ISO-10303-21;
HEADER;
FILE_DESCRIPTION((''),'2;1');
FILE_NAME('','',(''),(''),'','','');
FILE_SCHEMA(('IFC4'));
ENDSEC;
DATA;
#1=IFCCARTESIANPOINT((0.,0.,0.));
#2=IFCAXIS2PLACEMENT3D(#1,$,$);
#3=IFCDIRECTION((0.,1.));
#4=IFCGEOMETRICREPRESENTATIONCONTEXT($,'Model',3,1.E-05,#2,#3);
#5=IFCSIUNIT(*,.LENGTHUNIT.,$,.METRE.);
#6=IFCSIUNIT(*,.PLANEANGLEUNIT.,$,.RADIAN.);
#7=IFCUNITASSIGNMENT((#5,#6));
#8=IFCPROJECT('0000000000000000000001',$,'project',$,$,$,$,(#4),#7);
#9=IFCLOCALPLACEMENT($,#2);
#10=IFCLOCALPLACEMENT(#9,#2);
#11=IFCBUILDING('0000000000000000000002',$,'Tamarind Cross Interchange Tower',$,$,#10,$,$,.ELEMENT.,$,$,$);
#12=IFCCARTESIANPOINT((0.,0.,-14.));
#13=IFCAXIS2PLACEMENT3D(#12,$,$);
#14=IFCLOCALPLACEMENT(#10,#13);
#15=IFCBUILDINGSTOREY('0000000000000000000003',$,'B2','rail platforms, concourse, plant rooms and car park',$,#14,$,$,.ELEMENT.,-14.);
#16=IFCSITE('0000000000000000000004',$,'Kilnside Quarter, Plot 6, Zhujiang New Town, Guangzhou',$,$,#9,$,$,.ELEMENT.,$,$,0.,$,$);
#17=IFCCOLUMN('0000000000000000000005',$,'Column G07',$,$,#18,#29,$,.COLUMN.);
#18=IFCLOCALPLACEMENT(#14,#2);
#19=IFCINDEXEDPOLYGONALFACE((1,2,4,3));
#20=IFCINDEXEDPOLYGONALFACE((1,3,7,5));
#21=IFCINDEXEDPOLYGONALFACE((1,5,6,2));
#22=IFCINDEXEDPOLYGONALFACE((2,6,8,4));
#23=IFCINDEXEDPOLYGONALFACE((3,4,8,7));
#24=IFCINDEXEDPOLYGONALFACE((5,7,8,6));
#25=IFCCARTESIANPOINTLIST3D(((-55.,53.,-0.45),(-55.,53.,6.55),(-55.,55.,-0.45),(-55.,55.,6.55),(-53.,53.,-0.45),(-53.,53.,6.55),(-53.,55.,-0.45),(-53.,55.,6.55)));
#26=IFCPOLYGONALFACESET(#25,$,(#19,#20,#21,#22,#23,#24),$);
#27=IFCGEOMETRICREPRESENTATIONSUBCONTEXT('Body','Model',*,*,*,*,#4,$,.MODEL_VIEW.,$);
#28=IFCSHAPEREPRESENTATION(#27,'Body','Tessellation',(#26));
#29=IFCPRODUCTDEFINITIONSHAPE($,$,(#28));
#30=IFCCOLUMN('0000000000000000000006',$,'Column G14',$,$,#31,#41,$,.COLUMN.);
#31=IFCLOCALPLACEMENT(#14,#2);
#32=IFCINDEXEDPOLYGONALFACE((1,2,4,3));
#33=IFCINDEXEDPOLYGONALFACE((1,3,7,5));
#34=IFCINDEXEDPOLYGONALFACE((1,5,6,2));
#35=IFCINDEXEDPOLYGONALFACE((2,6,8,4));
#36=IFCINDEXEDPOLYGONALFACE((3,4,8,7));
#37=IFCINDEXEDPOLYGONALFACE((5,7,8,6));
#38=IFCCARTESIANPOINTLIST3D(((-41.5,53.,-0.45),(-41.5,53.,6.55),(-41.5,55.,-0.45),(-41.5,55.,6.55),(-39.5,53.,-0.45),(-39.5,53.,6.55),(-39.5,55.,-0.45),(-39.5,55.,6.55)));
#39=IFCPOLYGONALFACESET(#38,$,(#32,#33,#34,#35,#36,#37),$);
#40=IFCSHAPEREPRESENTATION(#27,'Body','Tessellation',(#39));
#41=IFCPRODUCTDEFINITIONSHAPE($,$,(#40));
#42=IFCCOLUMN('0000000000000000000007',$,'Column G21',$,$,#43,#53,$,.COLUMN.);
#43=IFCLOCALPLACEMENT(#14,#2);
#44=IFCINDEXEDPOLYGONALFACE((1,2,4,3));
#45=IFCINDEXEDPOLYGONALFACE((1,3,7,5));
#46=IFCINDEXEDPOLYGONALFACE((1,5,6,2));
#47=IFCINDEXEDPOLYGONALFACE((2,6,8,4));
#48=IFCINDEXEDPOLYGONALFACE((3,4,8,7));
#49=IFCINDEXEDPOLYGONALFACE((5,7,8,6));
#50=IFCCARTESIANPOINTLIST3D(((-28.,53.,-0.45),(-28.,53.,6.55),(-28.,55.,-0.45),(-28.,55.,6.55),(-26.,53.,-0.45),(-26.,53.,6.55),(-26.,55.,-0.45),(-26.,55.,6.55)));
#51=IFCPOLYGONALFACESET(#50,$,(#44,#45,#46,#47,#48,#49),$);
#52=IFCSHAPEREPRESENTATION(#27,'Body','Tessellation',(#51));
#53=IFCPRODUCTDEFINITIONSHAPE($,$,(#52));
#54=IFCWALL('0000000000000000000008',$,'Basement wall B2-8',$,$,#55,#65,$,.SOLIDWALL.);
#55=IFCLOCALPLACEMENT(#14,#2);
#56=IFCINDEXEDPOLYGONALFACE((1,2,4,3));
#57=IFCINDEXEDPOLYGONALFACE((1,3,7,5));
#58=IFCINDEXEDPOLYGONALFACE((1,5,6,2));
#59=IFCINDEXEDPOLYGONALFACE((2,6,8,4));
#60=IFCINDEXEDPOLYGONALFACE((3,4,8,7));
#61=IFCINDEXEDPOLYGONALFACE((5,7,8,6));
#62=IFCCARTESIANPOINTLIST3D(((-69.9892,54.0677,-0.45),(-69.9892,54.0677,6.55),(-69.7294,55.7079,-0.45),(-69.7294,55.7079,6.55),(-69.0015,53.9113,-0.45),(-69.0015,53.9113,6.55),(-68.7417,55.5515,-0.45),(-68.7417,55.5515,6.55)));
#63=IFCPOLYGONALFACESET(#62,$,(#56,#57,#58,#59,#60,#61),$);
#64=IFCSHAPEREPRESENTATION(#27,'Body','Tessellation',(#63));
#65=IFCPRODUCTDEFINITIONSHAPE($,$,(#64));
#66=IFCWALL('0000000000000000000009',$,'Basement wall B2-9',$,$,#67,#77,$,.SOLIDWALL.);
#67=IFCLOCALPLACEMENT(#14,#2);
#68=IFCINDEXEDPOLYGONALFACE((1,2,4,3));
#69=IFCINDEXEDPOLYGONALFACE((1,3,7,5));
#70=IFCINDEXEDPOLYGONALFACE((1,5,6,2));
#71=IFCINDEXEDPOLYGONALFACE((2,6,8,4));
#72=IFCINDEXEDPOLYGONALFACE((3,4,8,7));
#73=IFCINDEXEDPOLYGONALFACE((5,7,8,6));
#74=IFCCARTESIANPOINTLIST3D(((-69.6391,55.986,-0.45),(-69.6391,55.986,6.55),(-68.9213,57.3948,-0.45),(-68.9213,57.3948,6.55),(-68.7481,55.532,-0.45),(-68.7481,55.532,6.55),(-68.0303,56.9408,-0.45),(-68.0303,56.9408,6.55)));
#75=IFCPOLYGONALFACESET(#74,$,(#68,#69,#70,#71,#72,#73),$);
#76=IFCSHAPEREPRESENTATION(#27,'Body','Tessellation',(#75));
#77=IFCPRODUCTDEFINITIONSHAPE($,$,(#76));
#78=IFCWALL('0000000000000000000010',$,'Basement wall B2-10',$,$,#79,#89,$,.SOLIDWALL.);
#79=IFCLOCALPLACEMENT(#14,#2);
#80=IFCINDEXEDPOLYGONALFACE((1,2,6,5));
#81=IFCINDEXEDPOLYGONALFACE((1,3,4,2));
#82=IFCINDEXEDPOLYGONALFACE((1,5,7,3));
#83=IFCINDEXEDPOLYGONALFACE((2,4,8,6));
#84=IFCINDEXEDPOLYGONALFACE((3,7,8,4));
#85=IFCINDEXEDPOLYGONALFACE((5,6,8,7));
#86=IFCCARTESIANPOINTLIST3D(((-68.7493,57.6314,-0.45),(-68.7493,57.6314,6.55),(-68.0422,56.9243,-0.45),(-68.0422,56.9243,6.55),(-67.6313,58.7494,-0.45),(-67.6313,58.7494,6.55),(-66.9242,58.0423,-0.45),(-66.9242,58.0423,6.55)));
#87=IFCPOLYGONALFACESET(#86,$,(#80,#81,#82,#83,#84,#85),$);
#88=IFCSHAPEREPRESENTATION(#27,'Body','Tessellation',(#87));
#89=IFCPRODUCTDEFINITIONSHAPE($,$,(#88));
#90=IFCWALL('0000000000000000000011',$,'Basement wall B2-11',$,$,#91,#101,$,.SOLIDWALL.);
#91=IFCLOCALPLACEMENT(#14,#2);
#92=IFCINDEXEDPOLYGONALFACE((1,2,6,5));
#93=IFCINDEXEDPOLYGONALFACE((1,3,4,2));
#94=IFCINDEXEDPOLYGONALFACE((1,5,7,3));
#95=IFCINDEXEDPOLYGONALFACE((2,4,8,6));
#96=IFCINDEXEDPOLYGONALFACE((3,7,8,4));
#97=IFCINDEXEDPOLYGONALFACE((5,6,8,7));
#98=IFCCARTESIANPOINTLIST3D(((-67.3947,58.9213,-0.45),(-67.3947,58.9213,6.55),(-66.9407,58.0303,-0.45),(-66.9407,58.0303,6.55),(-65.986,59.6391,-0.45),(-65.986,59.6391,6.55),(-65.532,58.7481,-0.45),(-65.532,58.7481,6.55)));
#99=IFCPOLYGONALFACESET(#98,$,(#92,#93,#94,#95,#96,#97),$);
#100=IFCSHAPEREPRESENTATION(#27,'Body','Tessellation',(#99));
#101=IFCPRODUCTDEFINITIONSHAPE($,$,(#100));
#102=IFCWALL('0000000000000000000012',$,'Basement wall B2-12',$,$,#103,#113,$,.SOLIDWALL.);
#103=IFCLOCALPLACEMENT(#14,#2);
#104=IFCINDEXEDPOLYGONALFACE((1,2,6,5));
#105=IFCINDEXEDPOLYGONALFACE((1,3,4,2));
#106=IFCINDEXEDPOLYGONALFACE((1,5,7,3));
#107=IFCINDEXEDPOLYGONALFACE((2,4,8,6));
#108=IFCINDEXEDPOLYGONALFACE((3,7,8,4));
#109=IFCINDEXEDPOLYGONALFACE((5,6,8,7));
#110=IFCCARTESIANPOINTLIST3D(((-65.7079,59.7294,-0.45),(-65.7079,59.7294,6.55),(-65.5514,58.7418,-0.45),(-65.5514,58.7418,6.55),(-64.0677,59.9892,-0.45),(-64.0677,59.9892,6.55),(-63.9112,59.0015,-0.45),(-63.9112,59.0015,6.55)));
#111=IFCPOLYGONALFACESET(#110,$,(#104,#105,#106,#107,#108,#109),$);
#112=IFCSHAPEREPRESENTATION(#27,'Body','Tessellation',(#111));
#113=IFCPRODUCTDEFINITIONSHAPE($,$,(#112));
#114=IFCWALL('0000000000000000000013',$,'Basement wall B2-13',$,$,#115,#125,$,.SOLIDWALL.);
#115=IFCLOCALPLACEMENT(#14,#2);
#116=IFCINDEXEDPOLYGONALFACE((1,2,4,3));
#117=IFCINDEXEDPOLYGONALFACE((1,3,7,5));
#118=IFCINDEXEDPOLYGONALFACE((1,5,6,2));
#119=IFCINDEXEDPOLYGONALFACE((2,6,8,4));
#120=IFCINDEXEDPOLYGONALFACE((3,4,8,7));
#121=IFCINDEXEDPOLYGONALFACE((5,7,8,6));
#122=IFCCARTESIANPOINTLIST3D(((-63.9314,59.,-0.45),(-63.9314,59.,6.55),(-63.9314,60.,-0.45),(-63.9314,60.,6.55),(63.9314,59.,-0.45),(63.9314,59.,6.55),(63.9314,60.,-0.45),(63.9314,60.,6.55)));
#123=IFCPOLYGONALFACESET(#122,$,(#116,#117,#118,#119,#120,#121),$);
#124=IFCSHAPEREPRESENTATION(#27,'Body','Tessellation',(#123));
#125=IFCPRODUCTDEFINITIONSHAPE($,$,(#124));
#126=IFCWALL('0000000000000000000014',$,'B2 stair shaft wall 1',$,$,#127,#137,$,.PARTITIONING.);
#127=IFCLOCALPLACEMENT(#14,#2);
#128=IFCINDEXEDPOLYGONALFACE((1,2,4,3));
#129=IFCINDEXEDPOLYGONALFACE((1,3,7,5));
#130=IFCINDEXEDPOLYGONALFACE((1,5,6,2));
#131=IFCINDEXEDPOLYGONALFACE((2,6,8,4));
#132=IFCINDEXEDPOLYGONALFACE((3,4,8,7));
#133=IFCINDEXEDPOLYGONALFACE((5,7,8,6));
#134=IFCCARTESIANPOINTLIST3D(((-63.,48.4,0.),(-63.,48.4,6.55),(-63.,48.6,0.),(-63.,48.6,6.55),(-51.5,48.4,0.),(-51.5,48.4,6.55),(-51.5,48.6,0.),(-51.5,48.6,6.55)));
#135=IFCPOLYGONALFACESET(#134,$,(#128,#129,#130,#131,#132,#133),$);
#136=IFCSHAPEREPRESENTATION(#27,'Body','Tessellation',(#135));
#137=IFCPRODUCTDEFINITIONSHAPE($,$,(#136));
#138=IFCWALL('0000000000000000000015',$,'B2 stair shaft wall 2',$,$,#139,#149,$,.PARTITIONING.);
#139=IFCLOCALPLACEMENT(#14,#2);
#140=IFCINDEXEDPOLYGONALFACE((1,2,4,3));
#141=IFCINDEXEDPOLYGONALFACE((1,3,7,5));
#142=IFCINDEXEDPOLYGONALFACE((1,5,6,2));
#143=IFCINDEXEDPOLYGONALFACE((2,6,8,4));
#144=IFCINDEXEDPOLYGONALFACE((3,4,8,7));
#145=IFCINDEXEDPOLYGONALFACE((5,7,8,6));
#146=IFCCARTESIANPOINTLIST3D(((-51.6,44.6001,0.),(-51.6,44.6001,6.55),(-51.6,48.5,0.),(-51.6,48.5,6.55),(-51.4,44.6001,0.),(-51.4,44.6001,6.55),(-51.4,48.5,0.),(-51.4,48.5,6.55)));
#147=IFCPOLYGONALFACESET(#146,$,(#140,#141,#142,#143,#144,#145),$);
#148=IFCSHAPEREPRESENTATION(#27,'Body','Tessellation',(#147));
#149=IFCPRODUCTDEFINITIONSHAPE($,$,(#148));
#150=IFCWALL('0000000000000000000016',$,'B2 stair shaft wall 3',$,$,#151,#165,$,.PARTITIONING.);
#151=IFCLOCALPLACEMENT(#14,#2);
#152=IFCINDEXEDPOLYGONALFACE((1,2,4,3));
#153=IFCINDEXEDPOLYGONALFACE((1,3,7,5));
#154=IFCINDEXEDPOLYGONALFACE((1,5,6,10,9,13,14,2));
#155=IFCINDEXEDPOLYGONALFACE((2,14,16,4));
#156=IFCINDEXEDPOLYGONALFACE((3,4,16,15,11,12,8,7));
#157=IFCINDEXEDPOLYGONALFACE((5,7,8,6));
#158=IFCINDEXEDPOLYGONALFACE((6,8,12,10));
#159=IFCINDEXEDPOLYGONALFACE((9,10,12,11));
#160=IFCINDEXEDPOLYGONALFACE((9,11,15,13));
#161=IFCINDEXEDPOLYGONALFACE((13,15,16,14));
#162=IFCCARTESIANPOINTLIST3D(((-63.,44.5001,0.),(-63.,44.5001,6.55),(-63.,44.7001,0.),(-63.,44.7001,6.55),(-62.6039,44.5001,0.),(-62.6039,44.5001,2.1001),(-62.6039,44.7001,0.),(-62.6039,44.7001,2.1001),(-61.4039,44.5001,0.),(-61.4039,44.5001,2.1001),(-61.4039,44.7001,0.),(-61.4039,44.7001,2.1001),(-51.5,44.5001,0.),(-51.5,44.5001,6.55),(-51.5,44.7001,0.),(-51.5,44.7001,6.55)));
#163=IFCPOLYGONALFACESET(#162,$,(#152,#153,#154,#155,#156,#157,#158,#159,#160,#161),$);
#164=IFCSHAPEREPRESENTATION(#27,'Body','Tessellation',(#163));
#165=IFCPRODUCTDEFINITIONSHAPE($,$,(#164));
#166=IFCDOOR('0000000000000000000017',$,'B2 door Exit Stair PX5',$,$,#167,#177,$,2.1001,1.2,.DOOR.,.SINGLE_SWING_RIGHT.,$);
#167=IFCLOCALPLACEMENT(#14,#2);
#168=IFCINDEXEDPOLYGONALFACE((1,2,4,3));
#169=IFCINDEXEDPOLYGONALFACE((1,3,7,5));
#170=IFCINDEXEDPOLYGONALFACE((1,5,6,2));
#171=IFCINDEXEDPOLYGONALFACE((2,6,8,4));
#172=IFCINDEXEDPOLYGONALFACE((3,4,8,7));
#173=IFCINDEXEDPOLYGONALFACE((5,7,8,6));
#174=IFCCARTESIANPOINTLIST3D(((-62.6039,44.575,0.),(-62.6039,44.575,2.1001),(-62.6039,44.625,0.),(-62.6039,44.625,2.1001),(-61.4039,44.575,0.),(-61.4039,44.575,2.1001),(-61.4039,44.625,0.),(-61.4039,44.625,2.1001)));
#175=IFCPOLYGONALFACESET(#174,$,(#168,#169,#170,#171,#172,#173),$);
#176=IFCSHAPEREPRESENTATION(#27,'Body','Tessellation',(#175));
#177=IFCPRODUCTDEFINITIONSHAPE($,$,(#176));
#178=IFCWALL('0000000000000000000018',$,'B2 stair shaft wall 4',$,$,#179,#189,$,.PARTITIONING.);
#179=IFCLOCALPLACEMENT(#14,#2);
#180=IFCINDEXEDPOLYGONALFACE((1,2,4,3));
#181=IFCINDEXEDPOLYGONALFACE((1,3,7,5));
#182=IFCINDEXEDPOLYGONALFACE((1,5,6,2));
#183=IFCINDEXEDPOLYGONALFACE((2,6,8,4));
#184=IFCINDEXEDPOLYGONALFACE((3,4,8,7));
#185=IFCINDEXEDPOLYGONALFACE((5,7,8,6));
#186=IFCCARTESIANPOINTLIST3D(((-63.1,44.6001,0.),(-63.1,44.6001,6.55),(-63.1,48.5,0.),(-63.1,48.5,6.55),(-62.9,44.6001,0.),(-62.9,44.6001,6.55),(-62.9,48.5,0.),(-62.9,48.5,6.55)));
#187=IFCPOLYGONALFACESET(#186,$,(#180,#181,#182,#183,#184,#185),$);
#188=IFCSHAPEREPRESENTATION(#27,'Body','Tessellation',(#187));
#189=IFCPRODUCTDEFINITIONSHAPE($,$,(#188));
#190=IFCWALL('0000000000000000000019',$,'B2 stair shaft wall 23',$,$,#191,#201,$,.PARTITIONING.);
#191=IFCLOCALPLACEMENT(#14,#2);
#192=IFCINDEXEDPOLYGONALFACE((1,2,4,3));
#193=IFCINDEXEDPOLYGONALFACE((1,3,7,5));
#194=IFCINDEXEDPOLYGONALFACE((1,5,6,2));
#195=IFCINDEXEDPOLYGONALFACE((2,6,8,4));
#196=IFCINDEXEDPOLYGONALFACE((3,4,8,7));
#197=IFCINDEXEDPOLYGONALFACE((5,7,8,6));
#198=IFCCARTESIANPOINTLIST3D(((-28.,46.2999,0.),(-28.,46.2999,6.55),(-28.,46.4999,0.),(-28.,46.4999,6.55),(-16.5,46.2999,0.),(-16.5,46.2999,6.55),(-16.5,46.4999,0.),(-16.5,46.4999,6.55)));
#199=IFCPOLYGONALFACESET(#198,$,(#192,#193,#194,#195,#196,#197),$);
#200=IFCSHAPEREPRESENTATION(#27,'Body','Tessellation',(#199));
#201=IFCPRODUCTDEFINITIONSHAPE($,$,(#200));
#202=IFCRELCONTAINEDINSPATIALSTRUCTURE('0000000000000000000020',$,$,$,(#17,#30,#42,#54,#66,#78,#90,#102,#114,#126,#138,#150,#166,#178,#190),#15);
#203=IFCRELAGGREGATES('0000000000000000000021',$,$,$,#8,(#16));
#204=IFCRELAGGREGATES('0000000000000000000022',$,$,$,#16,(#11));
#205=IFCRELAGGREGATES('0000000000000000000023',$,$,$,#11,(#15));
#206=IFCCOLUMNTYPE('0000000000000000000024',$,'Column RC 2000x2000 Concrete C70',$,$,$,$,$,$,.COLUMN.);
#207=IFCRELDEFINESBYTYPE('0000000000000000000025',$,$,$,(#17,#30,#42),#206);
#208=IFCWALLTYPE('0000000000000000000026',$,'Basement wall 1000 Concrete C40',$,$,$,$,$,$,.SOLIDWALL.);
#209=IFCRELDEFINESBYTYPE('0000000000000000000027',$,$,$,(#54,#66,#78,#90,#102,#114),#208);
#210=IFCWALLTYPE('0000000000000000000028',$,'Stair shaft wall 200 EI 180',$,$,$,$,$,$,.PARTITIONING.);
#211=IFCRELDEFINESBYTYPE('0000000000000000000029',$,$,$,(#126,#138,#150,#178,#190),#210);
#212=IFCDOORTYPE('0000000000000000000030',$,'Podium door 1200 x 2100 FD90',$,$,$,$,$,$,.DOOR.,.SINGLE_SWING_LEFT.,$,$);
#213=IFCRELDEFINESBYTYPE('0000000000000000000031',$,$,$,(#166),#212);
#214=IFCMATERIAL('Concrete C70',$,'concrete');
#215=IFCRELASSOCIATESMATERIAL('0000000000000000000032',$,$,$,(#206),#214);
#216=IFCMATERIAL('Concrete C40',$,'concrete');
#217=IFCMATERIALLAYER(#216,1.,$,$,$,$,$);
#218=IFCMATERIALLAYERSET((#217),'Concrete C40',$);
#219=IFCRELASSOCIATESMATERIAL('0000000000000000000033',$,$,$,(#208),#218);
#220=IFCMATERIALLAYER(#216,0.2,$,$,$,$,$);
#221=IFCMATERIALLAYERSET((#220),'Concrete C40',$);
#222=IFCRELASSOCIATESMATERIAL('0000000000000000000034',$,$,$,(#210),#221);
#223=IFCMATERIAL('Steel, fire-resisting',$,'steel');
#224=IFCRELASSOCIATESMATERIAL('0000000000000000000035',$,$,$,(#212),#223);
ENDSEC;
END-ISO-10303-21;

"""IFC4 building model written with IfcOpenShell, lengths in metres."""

from ifc_helpers import new_model, si_unit, direction, frame, frame_2d, origin, origin_2d, place, context, subcontext, project, spatial, rectangle, extrude, material, layer, layer_set, material_profile, profile_set, type_object, element, fill, save


model = new_model("IFC4")

# Units and contexts
model_context = context("Model", 3, precision=1e-05, world=origin(), true_north=direction((0.0, 1.0)))
body_context = subcontext(model_context, "Body", "Model", "MODEL_VIEW")
ifc_project = project(units=[si_unit("LENGTHUNIT", "METRE"), si_unit("PLANEANGLEUNIT", "RADIAN")], contexts=[model_context])

# Site, building, storey
site_placement = place(None, origin())
site = spatial("IfcSite", under=ifc_project, at=site_placement, Name="Kilnside Quarter, Plot 6, Zhujiang New Town, Guangzhou", CompositionType="ELEMENT", RefElevation=0.0)
building_placement = place(site_placement, origin())
building = spatial("IfcBuilding", under=site, at=building_placement, Name="Tamarind Cross Interchange Tower", CompositionType="ELEMENT")
storey_placement = place(building_placement, frame((0.0, 0.0, -14.0)))
storey = spatial("IfcBuildingStorey", under=building, at=storey_placement, Name="B2", Description="rail platforms, concourse, plant rooms and car park", CompositionType="ELEMENT", Elevation=-14.0)

# Columns
ifc_material_1 = material(Name="Concrete C70", Category="concrete")
ifc_material_profile = material_profile(ifc_material_1, rectangle(XDim=2.0, YDim=2.0, at=origin_2d()), Name="RC 2000x2000")
ifc_profile_set = profile_set([ifc_material_profile], Name="Concrete C70")
column_type = type_object("IfcColumnType", Name="Column RC 2000x2000 Concrete C70", PredefinedType="COLUMN", material=ifc_profile_set)
for number, where, z_axis, x_axis, name in (
    (1, (-54.0, 54.0, -0.45), (0.0, 0.0, 1.0), (1.0, 0.0, 0.0), "Column G07"),
    (2, (-40.5, 54.0, -0.45), (0.0, 0.0, 1.0), (1.0, 0.0, 0.0), "Column G14"),
    (3, (-27.0, 54.0, -0.45), (0.0, 0.0, 1.0), (1.0, 0.0, 0.0), "Column G21"),
):
    element("IfcColumn", number, at=place(storey_placement, frame(where, z_axis=z_axis, x_axis=x_axis)), inside=storey, type_object=column_type, Name=name, PredefinedType="COLUMN", context=body_context, shape_type="SweptSolid", body=[
        extrude(rectangle(XDim=2.0, YDim=2.0, at=origin_2d()), origin(), (0.0, 0.0, 1.0), 7.0),
    ])

# Walls
ifc_material_2 = material(Name="Concrete C40", Category="concrete")
ifc_layer_1 = layer(ifc_material_2, 1.0)
ifc_layer_set_1 = layer_set([ifc_layer_1], Name="Concrete C40")
wall_type_1 = type_object("IfcWallType", Name="Basement wall 1000 Concrete C40", PredefinedType="SOLIDWALL", material=ifc_layer_set_1)
wall_1_placement = place(storey_placement, frame((-69.4954, 53.9895, -0.45), z_axis=(0.0, 0.0, 1.0), x_axis=(0.156431, 0.987689, 0.0)))
element("IfcWall", 4, at=wall_1_placement, inside=storey, type_object=wall_type_1, Name="Basement wall B2-8", PredefinedType="SOLIDWALL", context=body_context, shape_type="SweptSolid", body=[
    extrude(rectangle(XDim=1.6606, YDim=1.0, at=frame_2d((0.8303, 0.0))), origin(), (0.0, 0.0, 1.0), 7.0),
])
for number, where, z_axis, x_axis, name in (
    (5, (-69.1936, 55.759, -0.45), (0.0, 0.0, 1.0), (0.453995, 0.891004, 0.0), "Basement wall B2-9"),
    (6, (-68.3958, 57.2778, -0.45), (0.0, 0.0, 1.0), (0.707107, 0.707107, 0.0), "Basement wall B2-10"),
    (7, (-67.1677, 58.4758, -0.45), (0.0, 0.0, 1.0), (0.891004, 0.453995, 0.0), "Basement wall B2-11"),
):
    element("IfcWall", number, at=place(storey_placement, frame(where, z_axis=z_axis, x_axis=x_axis)), inside=storey, type_object=wall_type_1, Name=name, PredefinedType="SOLIDWALL", context=body_context, shape_type="SweptSolid", body=[
        extrude(rectangle(XDim=1.5811, YDim=1.0, at=frame_2d((0.7905, 0.0))), origin(), (0.0, 0.0, 1.0), 7.0),
    ])
wall_2_placement = place(storey_placement, frame((-65.6296, 59.2356, -0.45), z_axis=(0.0, 0.0, 1.0), x_axis=(0.987689, 0.156431, 0.0)))
element("IfcWall", 8, at=wall_2_placement, inside=storey, type_object=wall_type_1, Name="Basement wall B2-12", PredefinedType="SOLIDWALL", context=body_context, shape_type="SweptSolid", body=[
    extrude(rectangle(XDim=1.6606, YDim=1.0, at=frame_2d((0.8303, 0.0))), origin(), (0.0, 0.0, 1.0), 7.0),
])
wall_3_placement = place(storey_placement, frame((-63.9314, 59.5, -0.45), z_axis=(0.0, 0.0, 1.0), x_axis=(1.0, 0.0, 0.0)))
element("IfcWall", 9, at=wall_3_placement, inside=storey, type_object=wall_type_1, Name="Basement wall B2-13", PredefinedType="SOLIDWALL", context=body_context, shape_type="SweptSolid", body=[
    extrude(rectangle(XDim=127.8628, YDim=1.0, at=frame_2d((63.9314, 0.0))), origin(), (0.0, 0.0, 1.0), 7.0),
])
ifc_layer_2 = layer(ifc_material_2, 0.2)
ifc_layer_set_2 = layer_set([ifc_layer_2], Name="Concrete C40")
wall_type_2 = type_object("IfcWallType", Name="Stair shaft wall 200 EI 180", PredefinedType="PARTITIONING", material=ifc_layer_set_2)
wall_4_placement = place(storey_placement, frame((-63.0, 48.5, 0.0), z_axis=(0.0, 0.0, 1.0), x_axis=(1.0, 0.0, 0.0)))
element("IfcWall", 10, at=wall_4_placement, inside=storey, type_object=wall_type_2, Name="B2 stair shaft wall 1", PredefinedType="PARTITIONING", context=body_context, shape_type="SweptSolid", body=[
    extrude(rectangle(XDim=11.5, YDim=0.2, at=frame_2d((5.75, 0.0))), origin(), (0.0, 0.0, 1.0), 6.55),
])
wall_5_placement = place(storey_placement, frame((-51.5, 44.6001, 0.0), z_axis=(0.0, 0.0, 1.0), x_axis=(0.0, 1.0, 0.0)))
element("IfcWall", 11, at=wall_5_placement, inside=storey, type_object=wall_type_2, Name="B2 stair shaft wall 2", PredefinedType="PARTITIONING", context=body_context, shape_type="SweptSolid", body=[
    extrude(rectangle(XDim=3.8999, YDim=0.2, at=frame_2d((1.95, 0.0))), origin(), (0.0, 0.0, 1.0), 6.55),
])

# Wall, opening, door
wall_6_placement = place(storey_placement, frame((-63.0, 44.6001, 0.0), z_axis=(0.0, 0.0, 1.0), x_axis=(1.0, 0.0, 0.0)))
wall_6 = element("IfcWall", 12, at=wall_6_placement, inside=storey, type_object=wall_type_2, Name="B2 stair shaft wall 3", PredefinedType="PARTITIONING", context=body_context, shape_type="SweptSolid", body=[
    extrude(rectangle(XDim=11.5, YDim=0.2, at=frame_2d((5.75, 0.0))), origin(), (0.0, 0.0, 1.0), 6.55),
])
opening_placement = place(wall_6_placement, frame((0.396, 0.0, 0.0)))
opening = element("IfcOpeningElement", 13, at=opening_placement, cuts=wall_6, PredefinedType="OPENING", context=body_context, shape_type="SweptSolid", body=[
    extrude(rectangle(XDim=1.2, YDim=2.1001, at=frame_2d((0.6001, 1.05))), frame((0.0, 0.1099, 0.0), z_axis=(0.0, -1.0, 0.0), x_axis=(1.0, 0.0, 0.0)), (0.0, 0.0, 1.0), 0.22),
])
ifc_material_3 = material(Name="Steel, fire-resisting", Category="steel")
door_type = type_object("IfcDoorType", Name="Podium door 1200 x 2100 FD90", OperationType="SINGLE_SWING_LEFT", PredefinedType="DOOR", material=ifc_material_3)
door_placement = place(opening_placement, origin())
door = element("IfcDoor", 14, at=door_placement, inside=storey, type_object=door_type, Name="B2 door Exit Stair PX5", OperationType="SINGLE_SWING_RIGHT", OverallHeight=2.1001, OverallWidth=1.2, PredefinedType="DOOR", context=body_context, shape_type="SweptSolid", body=[
    extrude(rectangle(XDim=1.2, YDim=2.1001, at=frame_2d((0.6001, 1.05))), frame((0.0, 0.0249, 0.0), z_axis=(0.0, -1.0, 0.0), x_axis=(1.0, 0.0, 0.0)), (0.0, 0.0, 1.0), 0.05),
])
fill(opening, door)

# Walls
wall_7_placement = place(storey_placement, frame((-63.0, 44.6001, 0.0), z_axis=(0.0, 0.0, 1.0), x_axis=(0.0, 1.0, 0.0)))
element("IfcWall", 15, at=wall_7_placement, inside=storey, type_object=wall_type_2, Name="B2 stair shaft wall 4", PredefinedType="PARTITIONING", context=body_context, shape_type="SweptSolid", body=[
    extrude(rectangle(XDim=3.8999, YDim=0.2, at=frame_2d((1.95, 0.0))), origin(), (0.0, 0.0, 1.0), 6.55),
])
wall_8_placement = place(storey_placement, frame((-28.0, 46.3999, 0.0), z_axis=(0.0, 0.0, 1.0), x_axis=(1.0, 0.0, 0.0)))
element("IfcWall", 16, at=wall_8_placement, inside=storey, type_object=wall_type_2, Name="B2 stair shaft wall 23", PredefinedType="PARTITIONING", context=body_context, shape_type="SweptSolid", body=[
    extrude(rectangle(XDim=11.5, YDim=0.2, at=frame_2d((5.75, 0.0))), origin(), (0.0, 0.0, 1.0), 6.55),
])

save(model, "model.ifc")
